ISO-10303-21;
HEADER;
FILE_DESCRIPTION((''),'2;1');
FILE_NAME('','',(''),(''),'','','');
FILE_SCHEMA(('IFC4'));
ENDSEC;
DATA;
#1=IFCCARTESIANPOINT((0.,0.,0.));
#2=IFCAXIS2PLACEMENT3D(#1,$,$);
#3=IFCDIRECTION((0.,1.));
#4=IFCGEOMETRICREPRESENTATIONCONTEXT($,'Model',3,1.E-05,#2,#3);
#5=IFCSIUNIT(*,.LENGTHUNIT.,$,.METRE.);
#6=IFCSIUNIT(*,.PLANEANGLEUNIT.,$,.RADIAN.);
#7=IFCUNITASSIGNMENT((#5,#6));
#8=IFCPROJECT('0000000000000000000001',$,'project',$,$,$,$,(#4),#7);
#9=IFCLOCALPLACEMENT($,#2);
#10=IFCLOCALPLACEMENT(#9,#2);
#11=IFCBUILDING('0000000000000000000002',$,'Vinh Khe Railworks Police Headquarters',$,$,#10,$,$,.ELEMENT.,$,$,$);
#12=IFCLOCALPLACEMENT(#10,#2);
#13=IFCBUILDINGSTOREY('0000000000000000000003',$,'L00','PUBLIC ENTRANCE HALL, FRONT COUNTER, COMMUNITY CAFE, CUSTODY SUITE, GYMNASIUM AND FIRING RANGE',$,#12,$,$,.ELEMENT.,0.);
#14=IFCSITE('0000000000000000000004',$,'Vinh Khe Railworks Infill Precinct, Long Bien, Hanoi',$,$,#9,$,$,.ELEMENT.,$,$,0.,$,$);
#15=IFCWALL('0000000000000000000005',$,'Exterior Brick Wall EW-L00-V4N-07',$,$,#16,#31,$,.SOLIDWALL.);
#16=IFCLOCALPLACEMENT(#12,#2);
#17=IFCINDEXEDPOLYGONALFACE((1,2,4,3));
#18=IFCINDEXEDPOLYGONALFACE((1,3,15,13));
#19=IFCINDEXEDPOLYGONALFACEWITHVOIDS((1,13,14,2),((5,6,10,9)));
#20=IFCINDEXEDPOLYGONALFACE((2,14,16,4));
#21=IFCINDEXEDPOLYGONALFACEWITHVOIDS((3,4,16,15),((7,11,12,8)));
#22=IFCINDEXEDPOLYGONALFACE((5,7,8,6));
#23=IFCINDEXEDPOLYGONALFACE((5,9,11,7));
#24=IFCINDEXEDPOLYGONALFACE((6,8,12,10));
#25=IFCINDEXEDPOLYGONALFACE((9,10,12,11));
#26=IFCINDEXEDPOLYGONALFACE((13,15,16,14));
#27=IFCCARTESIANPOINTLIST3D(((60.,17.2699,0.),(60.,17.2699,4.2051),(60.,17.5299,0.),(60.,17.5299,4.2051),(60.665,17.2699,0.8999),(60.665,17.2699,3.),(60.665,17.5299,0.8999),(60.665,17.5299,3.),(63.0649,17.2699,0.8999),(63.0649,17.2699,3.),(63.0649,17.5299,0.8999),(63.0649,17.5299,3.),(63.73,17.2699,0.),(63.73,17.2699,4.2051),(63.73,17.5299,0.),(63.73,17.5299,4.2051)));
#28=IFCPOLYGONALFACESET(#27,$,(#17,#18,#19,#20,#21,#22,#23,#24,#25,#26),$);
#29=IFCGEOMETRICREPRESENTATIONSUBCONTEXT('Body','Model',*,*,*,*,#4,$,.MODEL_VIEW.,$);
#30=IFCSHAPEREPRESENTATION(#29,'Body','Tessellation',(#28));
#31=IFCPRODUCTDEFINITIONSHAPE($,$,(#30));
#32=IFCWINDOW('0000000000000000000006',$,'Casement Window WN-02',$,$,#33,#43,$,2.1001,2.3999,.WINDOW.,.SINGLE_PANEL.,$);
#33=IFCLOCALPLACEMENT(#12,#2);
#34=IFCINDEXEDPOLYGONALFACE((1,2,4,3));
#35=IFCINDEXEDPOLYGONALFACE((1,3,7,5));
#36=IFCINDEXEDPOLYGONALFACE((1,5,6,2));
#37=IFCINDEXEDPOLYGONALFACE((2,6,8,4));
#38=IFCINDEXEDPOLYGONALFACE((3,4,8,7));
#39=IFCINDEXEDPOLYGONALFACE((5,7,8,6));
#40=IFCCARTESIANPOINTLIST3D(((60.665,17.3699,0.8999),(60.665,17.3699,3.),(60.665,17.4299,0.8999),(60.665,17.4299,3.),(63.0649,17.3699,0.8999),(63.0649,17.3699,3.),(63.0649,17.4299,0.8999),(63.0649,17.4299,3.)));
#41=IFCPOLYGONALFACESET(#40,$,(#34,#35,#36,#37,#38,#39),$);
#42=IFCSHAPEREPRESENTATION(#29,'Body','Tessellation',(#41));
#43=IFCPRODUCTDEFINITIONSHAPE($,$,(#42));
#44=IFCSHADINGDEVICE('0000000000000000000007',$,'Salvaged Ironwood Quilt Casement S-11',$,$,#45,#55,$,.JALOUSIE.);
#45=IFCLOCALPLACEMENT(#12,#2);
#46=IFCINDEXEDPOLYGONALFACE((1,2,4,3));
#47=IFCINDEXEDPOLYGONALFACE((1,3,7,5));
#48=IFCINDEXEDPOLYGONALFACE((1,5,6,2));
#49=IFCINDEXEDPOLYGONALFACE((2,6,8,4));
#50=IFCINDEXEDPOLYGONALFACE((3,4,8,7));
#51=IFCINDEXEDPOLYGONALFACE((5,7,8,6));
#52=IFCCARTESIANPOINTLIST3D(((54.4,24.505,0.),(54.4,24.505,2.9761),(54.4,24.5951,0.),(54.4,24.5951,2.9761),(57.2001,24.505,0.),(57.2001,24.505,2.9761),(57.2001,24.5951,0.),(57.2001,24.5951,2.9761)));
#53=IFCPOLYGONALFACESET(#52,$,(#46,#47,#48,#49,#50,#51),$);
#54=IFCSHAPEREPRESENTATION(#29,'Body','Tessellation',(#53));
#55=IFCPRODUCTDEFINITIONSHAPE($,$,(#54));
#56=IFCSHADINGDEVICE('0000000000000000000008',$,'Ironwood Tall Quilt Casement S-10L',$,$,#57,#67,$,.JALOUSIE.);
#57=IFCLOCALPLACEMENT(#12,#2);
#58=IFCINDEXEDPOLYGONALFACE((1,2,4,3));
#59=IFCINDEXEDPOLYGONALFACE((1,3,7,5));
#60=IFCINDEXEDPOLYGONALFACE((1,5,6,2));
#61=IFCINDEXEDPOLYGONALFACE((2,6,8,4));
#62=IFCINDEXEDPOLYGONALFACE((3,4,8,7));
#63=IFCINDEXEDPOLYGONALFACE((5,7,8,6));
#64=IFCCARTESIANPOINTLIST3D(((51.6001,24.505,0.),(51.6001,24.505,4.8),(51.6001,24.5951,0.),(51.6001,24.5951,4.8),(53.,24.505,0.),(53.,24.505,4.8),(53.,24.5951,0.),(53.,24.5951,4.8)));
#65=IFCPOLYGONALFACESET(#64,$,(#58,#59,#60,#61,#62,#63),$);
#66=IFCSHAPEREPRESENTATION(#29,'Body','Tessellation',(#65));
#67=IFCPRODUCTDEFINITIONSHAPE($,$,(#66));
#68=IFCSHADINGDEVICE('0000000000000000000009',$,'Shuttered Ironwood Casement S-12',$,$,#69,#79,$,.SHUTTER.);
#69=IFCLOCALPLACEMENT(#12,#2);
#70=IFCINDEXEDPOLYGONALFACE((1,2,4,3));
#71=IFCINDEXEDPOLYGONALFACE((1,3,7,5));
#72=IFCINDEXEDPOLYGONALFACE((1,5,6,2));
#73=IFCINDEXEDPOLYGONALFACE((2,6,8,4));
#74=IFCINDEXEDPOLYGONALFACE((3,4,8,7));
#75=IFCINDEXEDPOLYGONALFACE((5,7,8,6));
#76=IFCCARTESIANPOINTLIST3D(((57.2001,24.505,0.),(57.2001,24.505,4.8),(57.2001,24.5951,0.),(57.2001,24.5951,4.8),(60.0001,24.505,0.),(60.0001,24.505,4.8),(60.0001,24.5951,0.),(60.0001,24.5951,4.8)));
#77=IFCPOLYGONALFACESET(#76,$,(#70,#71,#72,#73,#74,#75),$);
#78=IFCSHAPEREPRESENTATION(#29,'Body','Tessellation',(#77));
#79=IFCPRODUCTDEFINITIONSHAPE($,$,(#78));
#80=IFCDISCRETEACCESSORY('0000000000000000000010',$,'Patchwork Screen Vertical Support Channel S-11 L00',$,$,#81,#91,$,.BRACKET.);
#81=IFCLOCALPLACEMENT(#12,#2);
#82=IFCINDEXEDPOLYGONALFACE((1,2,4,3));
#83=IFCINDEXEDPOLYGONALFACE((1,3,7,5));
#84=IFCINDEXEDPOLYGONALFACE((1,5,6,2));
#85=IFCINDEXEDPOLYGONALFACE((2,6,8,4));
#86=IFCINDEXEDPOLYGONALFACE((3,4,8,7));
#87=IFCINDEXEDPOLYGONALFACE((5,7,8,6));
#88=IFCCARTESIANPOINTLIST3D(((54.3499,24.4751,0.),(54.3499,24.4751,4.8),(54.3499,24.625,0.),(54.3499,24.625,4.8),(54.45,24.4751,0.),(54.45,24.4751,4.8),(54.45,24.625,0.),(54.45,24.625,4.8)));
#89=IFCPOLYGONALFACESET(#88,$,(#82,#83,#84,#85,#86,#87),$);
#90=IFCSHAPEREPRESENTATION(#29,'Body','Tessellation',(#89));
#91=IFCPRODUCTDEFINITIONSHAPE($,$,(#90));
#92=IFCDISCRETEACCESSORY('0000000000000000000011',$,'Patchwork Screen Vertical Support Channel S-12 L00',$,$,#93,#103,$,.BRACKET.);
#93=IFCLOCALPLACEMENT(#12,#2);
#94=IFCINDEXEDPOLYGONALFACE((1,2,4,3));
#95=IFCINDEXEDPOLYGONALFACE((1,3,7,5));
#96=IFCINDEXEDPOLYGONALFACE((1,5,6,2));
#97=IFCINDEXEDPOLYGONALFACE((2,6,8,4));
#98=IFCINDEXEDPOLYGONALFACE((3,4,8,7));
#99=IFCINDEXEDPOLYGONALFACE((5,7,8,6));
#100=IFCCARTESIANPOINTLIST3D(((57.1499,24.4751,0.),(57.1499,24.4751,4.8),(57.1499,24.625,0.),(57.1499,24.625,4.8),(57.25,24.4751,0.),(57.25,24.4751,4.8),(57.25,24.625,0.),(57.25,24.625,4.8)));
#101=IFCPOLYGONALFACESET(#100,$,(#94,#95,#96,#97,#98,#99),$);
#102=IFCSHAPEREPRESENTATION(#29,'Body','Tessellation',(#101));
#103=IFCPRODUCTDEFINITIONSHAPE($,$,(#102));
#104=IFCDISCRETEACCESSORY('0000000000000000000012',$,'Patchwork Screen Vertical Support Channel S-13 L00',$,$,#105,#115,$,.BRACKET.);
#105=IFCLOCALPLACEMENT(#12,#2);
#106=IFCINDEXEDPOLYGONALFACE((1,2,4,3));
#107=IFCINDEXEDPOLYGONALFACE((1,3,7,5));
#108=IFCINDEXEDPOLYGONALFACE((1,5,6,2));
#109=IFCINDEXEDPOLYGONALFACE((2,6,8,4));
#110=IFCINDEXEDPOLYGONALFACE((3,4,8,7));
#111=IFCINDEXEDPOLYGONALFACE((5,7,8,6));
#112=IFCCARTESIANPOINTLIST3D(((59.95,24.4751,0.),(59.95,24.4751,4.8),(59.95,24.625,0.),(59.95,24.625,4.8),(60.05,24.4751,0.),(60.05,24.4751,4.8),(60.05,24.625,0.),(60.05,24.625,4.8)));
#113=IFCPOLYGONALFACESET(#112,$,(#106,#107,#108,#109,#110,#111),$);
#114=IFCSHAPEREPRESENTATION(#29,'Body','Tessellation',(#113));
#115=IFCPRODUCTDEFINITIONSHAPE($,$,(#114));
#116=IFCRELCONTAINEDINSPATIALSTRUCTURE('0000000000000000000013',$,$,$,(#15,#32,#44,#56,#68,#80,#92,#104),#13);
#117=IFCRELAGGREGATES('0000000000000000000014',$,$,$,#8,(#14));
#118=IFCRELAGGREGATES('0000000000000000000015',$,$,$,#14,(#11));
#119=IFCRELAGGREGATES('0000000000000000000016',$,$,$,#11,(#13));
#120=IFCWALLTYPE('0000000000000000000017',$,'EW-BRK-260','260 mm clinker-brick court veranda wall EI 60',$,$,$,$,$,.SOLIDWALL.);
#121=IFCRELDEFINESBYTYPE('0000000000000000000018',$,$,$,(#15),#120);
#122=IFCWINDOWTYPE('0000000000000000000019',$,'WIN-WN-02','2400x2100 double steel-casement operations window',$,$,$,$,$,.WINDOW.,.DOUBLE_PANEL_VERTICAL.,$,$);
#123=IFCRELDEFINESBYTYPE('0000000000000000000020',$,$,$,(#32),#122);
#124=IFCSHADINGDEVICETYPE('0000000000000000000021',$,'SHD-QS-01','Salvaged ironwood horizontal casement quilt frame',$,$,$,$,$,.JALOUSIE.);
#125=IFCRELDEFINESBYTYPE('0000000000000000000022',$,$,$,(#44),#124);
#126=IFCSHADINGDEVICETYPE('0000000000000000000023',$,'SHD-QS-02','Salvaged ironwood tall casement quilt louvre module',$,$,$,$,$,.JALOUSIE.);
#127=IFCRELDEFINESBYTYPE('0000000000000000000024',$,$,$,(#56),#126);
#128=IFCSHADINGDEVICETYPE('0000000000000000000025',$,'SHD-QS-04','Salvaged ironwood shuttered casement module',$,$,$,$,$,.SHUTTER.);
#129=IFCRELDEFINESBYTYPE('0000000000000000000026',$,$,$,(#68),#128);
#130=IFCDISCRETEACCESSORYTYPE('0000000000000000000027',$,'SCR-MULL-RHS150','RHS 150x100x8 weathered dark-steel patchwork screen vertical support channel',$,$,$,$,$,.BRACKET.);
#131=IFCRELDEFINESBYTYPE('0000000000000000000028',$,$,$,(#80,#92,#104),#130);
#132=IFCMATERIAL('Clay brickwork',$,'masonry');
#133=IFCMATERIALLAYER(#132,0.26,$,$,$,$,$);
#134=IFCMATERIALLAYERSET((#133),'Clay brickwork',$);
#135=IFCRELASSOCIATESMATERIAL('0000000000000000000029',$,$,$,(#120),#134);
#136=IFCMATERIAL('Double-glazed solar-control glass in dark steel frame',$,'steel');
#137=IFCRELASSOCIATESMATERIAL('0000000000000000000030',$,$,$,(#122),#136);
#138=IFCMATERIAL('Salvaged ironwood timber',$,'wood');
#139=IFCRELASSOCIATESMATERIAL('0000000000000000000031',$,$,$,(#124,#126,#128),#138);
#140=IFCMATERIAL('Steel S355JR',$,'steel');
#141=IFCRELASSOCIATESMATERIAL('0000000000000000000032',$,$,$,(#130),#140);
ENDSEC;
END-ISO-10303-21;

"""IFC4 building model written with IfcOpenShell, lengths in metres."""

from ifc_helpers import new_model, si_unit, direction, frame, frame_2d, origin, origin_2d, place, context, subcontext, project, spatial, rectangle, extrude, material, layer, layer_set, type_object, element, fill, save


model = new_model("IFC4")

# Units and contexts
model_context = context("Model", 3, precision=1e-05, world=origin(), true_north=direction((0.0, 1.0)))
body_context = subcontext(model_context, "Body", "Model", "MODEL_VIEW")
ifc_project = project(units=[si_unit("LENGTHUNIT", "METRE"), si_unit("PLANEANGLEUNIT", "RADIAN")], contexts=[model_context])

# Site, building, storey
site_placement = place(None, origin())
site = spatial("IfcSite", under=ifc_project, at=site_placement, Name="Vinh Khe Railworks Infill Precinct, Long Bien, Hanoi", CompositionType="ELEMENT", RefElevation=0.0)
building_placement = place(site_placement, origin())
building = spatial("IfcBuilding", under=site, at=building_placement, Name="Vinh Khe Railworks Police Headquarters", CompositionType="ELEMENT")
storey_placement = place(building_placement, origin())
storey = spatial("IfcBuildingStorey", under=building, at=storey_placement, Name="L00", Description="PUBLIC ENTRANCE HALL, FRONT COUNTER, COMMUNITY CAFE, CUSTODY SUITE, GYMNASIUM AND FIRING RANGE", CompositionType="ELEMENT", Elevation=0.0)

# Shared definitions
ifc_material_1 = material(Name="Steel S355JR", Category="steel")

# Shared definitions
ifc_material_2 = material(Name="Salvaged ironwood timber", Category="wood")

# Wall, opening, window
ifc_material_3 = material(Name="Clay brickwork", Category="masonry")
ifc_layer_1 = layer(ifc_material_3, 0.26)
ifc_layer_set_1 = layer_set([ifc_layer_1], Name="Clay brickwork")
wall_type = type_object("IfcWallType", Name="EW-BRK-260", Description="260 mm clinker-brick court veranda wall EI 60", PredefinedType="SOLIDWALL", material=ifc_layer_set_1)
wall_placement = place(storey_placement, frame((60.0, 17.3999, 0.0), z_axis=(0.0, 0.0, 1.0), x_axis=(1.0, 0.0, 0.0)))
wall = element("IfcWall", 1, at=wall_placement, inside=storey, type_object=wall_type, Name="Exterior Brick Wall EW-L00-V4N-07", PredefinedType="SOLIDWALL", context=body_context, shape_type="SweptSolid", body=[
    extrude(rectangle(XDim=3.73, YDim=0.26, at=frame_2d((1.865, 0.0))), origin(), (0.0, 0.0, 1.0), 4.2051),
])
opening_placement = place(wall_placement, frame((0.665, 0.0, 0.8999)))
opening = element("IfcOpeningElement", 2, at=opening_placement, cuts=wall, PredefinedType="OPENING", context=body_context, shape_type="SweptSolid", body=[
    extrude(rectangle(XDim=2.3999, YDim=2.1001, at=frame_2d((1.2, 1.05))), frame((0.0, 0.145, 0.0), z_axis=(0.0, -1.0, 0.0), x_axis=(1.0, 0.0, 0.0)), (0.0, 0.0, 1.0), 0.2898),
])
ifc_material_4 = material(Name="Double-glazed solar-control glass in dark steel frame", Category="steel")
window_type = type_object("IfcWindowType", Name="WIN-WN-02", Description="2400x2100 double steel-casement operations window", PartitioningType="DOUBLE_PANEL_VERTICAL", PredefinedType="WINDOW", material=ifc_material_4)
window_placement = place(opening_placement, origin())
window = element("IfcWindow", 3, at=window_placement, inside=storey, type_object=window_type, Name="Casement Window WN-02", OverallHeight=2.1001, OverallWidth=2.3999, PartitioningType="SINGLE_PANEL", PredefinedType="WINDOW", context=body_context, shape_type="SweptSolid", body=[
    extrude(rectangle(XDim=2.3999, YDim=2.1001, at=frame_2d((1.2, 1.05))), frame((0.0, 0.03, 0.0), z_axis=(0.0, -1.0, 0.0), x_axis=(1.0, 0.0, 0.0)), (0.0, 0.0, 1.0), 0.0601),
])
fill(opening, window)

# Shading devices
shading_device_type_1 = type_object("IfcShadingDeviceType", Name="SHD-QS-01", Description="Salvaged ironwood horizontal casement quilt frame", PredefinedType="JALOUSIE", material=ifc_material_2)
shading_device_1_placement = place(storey_placement, frame((55.8, 24.55, 0.0), z_axis=(0.0, 0.0, 1.0), x_axis=(1.0, 0.0, 0.0)))
element("IfcShadingDevice", 4, at=shading_device_1_placement, inside=storey, type_object=shading_device_type_1, Name="Salvaged Ironwood Quilt Casement S-11", PredefinedType="JALOUSIE", context=body_context, shape_type="SweptSolid", body=[
    extrude(rectangle(XDim=2.8, YDim=0.0901, at=origin_2d()), origin(), (0.0, 0.0, 1.0), 2.9761),
])
shading_device_type_2 = type_object("IfcShadingDeviceType", Name="SHD-QS-02", Description="Salvaged ironwood tall casement quilt louvre module", PredefinedType="JALOUSIE", material=ifc_material_2)
shading_device_2_placement = place(storey_placement, frame((52.3, 24.55, 0.0), z_axis=(0.0, 0.0, 1.0), x_axis=(1.0, 0.0, 0.0)))
element("IfcShadingDevice", 5, at=shading_device_2_placement, inside=storey, type_object=shading_device_type_2, Name="Ironwood Tall Quilt Casement S-10L", PredefinedType="JALOUSIE", context=body_context, shape_type="SweptSolid", body=[
    extrude(rectangle(XDim=1.3999, YDim=0.0901, at=origin_2d()), origin(), (0.0, 0.0, 1.0), 4.8),
])
shading_device_type_3 = type_object("IfcShadingDeviceType", Name="SHD-QS-04", Description="Salvaged ironwood shuttered casement module", PredefinedType="SHUTTER", material=ifc_material_2)
shading_device_3_placement = place(storey_placement, frame((58.6001, 24.55, 0.0), z_axis=(0.0, 0.0, 1.0), x_axis=(1.0, 0.0, 0.0)))
element("IfcShadingDevice", 6, at=shading_device_3_placement, inside=storey, type_object=shading_device_type_3, Name="Shuttered Ironwood Casement S-12", PredefinedType="SHUTTER", context=body_context, shape_type="SweptSolid", body=[
    extrude(rectangle(XDim=2.8, YDim=0.0901, at=origin_2d()), origin(), (0.0, 0.0, 1.0), 4.8),
])

# Discrete accessories
discrete_accessory_type = type_object("IfcDiscreteAccessoryType", Name="SCR-MULL-RHS150", Description="RHS 150x100x8 weathered dark-steel patchwork screen vertical support channel", PredefinedType="BRACKET", material=ifc_material_1)
for number, where, z_axis, x_axis, name in (
    (7, (54.3999, 24.55, 0.0), (0.0, 0.0, 1.0), (1.0, 0.0, 0.0), "Patchwork Screen Vertical Support Channel S-11 L00"),
    (8, (57.2, 24.55, 0.0), (0.0, 0.0, 1.0), (1.0, 0.0, 0.0), "Patchwork Screen Vertical Support Channel S-12 L00"),
    (9, (60.0, 24.55, 0.0), (0.0, 0.0, 1.0), (1.0, 0.0, 0.0), "Patchwork Screen Vertical Support Channel S-13 L00"),
):
    element("IfcDiscreteAccessory", number, at=place(storey_placement, frame(where, z_axis=z_axis, x_axis=x_axis)), inside=storey, type_object=discrete_accessory_type, Name=name, PredefinedType="BRACKET", context=body_context, shape_type="SweptSolid", body=[
        extrude(rectangle(XDim=0.1001, YDim=0.1499, at=origin_2d()), origin(), (0.0, 0.0, 1.0), 4.8),
    ])

save(model, "model.ifc")
